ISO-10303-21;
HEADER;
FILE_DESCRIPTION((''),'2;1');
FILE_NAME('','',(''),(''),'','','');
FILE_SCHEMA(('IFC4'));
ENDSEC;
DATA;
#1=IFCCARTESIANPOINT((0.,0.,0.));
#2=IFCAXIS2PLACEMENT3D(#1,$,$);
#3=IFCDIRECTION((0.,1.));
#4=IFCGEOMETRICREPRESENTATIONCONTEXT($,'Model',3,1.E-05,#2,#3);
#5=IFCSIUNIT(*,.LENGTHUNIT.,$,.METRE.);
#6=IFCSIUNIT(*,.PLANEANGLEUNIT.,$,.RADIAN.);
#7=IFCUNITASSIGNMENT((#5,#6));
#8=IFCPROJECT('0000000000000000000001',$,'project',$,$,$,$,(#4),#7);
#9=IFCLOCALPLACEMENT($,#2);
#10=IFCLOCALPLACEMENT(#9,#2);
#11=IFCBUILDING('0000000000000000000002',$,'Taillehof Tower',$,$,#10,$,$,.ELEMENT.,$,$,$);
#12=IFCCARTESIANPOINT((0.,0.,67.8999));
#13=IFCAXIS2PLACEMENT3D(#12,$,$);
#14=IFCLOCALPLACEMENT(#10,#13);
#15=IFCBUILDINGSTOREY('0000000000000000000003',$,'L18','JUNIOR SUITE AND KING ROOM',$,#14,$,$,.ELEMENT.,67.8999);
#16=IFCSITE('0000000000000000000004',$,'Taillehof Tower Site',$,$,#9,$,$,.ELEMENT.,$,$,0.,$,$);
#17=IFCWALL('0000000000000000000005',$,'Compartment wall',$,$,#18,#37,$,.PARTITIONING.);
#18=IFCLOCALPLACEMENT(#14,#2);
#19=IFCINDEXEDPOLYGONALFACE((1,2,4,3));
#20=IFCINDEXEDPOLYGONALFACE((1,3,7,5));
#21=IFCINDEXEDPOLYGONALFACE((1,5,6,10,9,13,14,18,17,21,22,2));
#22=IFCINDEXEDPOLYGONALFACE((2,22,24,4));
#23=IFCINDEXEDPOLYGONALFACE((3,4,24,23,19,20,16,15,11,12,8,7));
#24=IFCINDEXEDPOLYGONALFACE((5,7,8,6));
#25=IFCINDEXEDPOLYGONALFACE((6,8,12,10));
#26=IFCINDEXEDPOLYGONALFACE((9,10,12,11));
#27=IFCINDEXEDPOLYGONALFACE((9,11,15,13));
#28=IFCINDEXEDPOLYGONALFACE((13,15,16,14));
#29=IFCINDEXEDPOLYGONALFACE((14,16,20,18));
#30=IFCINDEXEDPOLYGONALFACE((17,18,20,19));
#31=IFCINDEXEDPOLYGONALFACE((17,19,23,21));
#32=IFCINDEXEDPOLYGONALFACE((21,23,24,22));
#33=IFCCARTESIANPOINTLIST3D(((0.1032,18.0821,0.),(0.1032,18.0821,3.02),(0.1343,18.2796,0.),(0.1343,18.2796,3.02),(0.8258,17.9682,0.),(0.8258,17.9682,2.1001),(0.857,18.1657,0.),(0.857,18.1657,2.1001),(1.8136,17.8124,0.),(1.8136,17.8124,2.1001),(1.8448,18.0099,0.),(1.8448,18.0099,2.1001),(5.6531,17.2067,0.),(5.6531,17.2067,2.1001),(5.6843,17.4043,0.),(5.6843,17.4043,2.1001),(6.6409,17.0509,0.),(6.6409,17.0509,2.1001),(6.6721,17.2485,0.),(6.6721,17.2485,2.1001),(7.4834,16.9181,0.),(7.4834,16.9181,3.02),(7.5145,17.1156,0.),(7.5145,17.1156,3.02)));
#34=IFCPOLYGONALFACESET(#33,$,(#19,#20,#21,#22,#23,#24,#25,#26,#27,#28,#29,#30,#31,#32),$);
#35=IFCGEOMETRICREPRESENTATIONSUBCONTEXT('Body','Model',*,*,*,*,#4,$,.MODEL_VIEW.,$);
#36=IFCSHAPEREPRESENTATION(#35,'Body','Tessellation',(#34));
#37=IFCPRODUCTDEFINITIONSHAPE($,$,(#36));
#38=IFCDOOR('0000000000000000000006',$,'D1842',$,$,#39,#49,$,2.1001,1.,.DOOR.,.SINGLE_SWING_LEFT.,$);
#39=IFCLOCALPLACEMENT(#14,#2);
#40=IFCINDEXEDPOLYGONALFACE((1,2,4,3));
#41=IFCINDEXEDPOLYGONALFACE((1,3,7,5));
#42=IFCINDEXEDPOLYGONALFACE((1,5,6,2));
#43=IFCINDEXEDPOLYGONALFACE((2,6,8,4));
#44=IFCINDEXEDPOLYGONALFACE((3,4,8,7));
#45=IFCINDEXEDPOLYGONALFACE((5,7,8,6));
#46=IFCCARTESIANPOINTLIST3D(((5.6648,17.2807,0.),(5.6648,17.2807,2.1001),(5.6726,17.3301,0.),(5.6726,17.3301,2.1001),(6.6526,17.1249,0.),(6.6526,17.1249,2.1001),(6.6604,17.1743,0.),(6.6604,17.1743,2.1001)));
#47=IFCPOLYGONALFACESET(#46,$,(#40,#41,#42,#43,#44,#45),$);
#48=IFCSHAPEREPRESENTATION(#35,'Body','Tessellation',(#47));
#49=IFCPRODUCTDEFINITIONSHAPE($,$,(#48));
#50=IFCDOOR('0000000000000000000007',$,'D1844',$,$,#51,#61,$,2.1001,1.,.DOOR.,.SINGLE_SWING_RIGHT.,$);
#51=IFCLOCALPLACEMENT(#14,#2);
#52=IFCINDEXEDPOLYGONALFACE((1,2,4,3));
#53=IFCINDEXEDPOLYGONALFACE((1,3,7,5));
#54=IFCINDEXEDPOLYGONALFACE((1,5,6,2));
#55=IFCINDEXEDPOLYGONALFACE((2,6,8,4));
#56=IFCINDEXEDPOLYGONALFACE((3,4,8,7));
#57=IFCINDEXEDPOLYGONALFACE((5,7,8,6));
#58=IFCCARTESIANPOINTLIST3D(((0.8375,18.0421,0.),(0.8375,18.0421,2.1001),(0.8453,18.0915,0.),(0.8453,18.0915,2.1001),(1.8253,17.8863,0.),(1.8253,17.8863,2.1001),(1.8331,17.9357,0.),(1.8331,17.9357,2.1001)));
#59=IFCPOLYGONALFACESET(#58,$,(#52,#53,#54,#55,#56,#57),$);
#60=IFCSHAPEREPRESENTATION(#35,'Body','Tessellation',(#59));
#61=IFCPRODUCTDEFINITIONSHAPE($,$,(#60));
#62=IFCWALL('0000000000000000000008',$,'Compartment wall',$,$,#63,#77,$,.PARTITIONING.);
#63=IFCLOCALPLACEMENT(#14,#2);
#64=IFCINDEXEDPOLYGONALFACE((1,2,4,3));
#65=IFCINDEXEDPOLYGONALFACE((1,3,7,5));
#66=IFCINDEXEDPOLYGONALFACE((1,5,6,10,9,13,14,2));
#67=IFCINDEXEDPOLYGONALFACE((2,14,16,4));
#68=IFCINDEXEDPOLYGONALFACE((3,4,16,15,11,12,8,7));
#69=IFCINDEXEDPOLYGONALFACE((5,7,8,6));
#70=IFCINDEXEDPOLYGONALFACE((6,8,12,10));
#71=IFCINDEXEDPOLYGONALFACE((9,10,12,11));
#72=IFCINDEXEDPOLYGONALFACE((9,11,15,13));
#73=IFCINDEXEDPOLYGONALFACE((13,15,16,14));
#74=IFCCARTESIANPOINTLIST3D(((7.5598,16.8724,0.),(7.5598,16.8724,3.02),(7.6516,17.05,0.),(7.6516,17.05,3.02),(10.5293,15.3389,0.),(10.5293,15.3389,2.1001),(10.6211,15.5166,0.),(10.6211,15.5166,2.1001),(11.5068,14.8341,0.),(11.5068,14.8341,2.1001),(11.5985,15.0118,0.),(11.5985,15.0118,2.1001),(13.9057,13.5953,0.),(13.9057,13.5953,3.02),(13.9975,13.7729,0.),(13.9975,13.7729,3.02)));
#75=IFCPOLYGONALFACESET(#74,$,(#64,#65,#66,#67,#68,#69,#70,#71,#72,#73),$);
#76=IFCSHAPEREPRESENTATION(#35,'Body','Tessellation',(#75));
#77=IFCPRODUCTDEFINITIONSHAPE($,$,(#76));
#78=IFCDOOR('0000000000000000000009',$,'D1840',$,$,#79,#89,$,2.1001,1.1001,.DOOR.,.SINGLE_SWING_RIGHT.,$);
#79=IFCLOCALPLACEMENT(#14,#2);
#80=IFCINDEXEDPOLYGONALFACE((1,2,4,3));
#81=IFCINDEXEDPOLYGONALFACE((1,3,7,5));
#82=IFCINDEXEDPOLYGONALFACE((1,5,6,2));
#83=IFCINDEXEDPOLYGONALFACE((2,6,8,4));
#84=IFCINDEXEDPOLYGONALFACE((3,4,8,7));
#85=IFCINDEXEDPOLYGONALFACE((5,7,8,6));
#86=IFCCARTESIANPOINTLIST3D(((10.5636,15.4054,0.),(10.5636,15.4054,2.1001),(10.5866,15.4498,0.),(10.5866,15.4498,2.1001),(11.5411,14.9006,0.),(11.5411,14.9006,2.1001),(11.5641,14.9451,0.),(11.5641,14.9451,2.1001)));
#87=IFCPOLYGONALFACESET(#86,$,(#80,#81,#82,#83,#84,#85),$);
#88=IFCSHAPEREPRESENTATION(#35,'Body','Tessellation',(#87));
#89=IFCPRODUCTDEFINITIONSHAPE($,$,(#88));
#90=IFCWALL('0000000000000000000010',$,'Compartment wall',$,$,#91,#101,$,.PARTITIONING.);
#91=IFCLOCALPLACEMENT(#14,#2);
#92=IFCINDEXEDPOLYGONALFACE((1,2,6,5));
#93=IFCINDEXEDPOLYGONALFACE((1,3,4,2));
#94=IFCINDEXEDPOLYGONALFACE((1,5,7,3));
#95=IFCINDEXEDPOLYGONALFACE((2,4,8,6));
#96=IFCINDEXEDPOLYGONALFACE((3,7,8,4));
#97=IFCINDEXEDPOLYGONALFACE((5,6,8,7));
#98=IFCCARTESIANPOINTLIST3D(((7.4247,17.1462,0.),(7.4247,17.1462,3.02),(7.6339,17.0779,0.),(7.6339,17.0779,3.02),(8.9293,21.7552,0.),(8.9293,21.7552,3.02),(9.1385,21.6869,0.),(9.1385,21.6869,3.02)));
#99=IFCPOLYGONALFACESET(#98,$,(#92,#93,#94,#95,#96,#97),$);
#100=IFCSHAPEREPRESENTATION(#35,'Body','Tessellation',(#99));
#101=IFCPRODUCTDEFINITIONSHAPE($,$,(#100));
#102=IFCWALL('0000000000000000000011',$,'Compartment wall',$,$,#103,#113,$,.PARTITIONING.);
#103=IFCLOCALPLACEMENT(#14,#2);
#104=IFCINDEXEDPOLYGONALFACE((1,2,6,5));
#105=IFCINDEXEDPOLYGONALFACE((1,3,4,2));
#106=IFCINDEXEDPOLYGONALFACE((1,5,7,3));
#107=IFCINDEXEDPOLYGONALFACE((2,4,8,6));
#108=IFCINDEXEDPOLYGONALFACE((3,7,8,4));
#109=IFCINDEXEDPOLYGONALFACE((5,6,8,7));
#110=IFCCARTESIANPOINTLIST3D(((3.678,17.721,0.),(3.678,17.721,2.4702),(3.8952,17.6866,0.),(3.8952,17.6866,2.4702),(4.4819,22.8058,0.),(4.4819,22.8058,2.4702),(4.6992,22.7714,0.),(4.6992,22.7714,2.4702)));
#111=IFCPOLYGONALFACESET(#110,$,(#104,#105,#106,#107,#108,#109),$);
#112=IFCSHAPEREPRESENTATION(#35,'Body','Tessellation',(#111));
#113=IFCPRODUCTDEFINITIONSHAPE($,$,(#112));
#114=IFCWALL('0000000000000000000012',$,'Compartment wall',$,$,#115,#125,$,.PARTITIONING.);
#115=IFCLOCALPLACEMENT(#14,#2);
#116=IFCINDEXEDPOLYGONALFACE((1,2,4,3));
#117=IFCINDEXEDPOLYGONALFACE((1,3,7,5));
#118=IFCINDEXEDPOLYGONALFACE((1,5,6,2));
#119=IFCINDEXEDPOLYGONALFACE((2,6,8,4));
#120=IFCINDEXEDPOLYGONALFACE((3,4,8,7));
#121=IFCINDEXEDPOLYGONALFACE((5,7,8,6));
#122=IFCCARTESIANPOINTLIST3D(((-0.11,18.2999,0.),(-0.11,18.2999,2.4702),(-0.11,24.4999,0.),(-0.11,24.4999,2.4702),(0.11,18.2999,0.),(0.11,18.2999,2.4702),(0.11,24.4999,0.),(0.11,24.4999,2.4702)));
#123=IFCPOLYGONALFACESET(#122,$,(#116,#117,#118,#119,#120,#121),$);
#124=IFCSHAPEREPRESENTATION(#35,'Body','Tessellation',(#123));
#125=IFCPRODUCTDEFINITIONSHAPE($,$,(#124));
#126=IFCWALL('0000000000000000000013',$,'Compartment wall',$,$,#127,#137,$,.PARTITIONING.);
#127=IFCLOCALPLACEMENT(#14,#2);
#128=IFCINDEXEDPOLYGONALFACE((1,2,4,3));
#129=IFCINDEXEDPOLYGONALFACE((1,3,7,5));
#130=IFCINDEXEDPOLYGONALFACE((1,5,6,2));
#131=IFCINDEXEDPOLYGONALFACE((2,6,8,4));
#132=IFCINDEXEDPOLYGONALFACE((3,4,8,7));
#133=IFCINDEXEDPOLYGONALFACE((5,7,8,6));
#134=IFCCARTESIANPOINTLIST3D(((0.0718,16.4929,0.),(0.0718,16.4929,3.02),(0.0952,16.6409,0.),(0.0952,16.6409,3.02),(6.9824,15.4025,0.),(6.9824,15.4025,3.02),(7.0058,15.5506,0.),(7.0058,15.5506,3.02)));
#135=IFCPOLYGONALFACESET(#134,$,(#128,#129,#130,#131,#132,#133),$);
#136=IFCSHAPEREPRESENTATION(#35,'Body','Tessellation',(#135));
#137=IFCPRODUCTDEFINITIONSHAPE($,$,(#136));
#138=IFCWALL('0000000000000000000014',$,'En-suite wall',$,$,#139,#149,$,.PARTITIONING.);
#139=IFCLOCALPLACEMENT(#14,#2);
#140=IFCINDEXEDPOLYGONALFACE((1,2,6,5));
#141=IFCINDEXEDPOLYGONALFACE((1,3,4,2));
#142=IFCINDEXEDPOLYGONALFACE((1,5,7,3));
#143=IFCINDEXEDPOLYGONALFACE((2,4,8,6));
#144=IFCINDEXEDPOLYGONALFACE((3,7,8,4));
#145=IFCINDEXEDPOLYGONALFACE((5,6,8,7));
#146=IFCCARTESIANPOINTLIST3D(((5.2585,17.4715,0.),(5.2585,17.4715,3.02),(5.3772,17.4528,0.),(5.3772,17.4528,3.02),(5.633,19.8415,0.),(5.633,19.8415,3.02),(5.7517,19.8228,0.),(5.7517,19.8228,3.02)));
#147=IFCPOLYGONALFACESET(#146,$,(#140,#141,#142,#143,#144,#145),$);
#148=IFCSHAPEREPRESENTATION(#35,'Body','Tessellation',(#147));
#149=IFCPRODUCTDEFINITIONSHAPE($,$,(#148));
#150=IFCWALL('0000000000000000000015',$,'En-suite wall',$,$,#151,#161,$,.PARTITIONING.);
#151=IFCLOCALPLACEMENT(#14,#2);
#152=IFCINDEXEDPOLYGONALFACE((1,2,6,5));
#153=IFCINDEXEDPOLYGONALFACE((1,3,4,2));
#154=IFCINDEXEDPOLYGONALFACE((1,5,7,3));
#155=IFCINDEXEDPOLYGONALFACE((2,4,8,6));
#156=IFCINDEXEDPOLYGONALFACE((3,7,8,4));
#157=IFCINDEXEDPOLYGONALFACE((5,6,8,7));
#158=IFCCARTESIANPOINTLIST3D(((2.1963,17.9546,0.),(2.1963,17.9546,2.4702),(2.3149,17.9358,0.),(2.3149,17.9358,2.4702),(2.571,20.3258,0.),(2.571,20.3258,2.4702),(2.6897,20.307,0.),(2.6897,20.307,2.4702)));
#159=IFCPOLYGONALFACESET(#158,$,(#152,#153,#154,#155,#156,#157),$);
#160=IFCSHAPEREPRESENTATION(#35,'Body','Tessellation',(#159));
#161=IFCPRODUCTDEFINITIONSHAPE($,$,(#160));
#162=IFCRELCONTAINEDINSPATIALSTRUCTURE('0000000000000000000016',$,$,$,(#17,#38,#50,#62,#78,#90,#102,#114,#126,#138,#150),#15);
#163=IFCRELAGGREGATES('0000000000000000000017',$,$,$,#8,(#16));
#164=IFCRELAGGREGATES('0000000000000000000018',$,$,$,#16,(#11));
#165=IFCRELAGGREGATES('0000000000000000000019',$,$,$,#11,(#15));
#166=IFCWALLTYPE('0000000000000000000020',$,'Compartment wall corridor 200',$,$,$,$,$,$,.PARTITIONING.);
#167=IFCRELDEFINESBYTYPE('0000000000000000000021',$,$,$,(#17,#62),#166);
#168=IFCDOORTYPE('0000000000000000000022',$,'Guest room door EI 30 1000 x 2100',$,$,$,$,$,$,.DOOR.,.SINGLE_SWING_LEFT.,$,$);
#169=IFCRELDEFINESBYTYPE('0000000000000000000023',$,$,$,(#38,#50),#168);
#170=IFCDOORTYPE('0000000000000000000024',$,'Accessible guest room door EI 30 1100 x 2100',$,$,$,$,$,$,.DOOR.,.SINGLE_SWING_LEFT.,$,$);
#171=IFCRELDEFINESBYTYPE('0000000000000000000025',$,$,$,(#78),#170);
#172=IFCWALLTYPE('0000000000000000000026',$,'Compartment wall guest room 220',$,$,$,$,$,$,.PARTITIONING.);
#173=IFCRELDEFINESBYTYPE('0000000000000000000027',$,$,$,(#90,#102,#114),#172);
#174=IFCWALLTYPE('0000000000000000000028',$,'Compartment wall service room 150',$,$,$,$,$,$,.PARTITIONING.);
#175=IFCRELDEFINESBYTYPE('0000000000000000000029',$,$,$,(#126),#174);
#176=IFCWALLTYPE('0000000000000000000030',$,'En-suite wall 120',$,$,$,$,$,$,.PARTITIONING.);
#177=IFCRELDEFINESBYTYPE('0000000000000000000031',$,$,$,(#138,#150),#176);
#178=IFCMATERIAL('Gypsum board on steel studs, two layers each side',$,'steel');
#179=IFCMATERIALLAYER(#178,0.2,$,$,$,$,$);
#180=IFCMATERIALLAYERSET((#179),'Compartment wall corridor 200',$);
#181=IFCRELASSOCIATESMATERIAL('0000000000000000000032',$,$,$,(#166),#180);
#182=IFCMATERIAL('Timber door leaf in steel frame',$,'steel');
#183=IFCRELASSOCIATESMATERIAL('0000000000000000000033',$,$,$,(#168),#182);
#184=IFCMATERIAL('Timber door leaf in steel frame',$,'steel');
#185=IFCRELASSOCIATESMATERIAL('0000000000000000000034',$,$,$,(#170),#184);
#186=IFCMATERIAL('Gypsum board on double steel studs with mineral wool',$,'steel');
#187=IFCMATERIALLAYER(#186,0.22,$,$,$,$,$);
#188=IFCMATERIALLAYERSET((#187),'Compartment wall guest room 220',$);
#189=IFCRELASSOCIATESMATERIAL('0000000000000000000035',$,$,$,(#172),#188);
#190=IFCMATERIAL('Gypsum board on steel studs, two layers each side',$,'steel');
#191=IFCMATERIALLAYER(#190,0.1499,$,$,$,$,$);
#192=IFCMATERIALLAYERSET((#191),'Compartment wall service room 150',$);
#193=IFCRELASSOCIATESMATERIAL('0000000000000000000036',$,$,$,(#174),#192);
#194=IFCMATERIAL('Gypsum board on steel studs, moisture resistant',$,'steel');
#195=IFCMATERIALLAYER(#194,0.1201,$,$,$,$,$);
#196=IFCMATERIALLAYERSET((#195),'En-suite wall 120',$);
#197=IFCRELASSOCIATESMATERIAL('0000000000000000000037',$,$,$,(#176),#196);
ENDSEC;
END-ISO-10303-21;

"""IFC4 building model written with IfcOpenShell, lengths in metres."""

from ifc_helpers import new_model, si_unit, direction, frame, frame_2d, origin, place, context, subcontext, project, spatial, rectangle, extrude, material, layer, layer_set, type_object, element, fill, save


model = new_model("IFC4")

# Units and contexts
model_context = context("Model", 3, precision=1e-05, world=origin(), true_north=direction((0.0, 1.0)))
body_context = subcontext(model_context, "Body", "Model", "MODEL_VIEW")
ifc_project = project(units=[si_unit("LENGTHUNIT", "METRE"), si_unit("PLANEANGLEUNIT", "RADIAN")], contexts=[model_context])

# Site, building, storey
site_placement = place(None, origin())
site = spatial("IfcSite", under=ifc_project, at=site_placement, Name="Taillehof Tower Site", CompositionType="ELEMENT", RefElevation=0.0)
building_placement = place(site_placement, origin())
building = spatial("IfcBuilding", under=site, at=building_placement, Name="Taillehof Tower", CompositionType="ELEMENT")
storey_placement = place(building_placement, frame((0.0, 0.0, 67.8999)))
storey = spatial("IfcBuildingStorey", under=building, at=storey_placement, Name="L18", Description="JUNIOR SUITE AND KING ROOM", CompositionType="ELEMENT", Elevation=67.8999)

# Wall, openings, doors
ifc_material_1 = material(Name="Gypsum board on steel studs, two layers each side", Category="steel")
ifc_layer_1 = layer(ifc_material_1, 0.2)
ifc_layer_set_1 = layer_set([ifc_layer_1], Name="Compartment wall corridor 200")
wall_type_1 = type_object("IfcWallType", Name="Compartment wall corridor 200", PredefinedType="PARTITIONING", material=ifc_layer_set_1)
wall_1_placement = place(storey_placement, frame((0.1187, 18.1809, 0.0), z_axis=(0.0, 0.0, 1.0), x_axis=(0.987788, -0.155803, 0.0)))
wall_1 = element("IfcWall", 1, at=wall_1_placement, inside=storey, type_object=wall_type_1, Name="Compartment wall", PredefinedType="PARTITIONING", context=body_context, shape_type="SweptSolid", body=[
    extrude(rectangle(XDim=7.4714, YDim=0.2, at=frame_2d((3.7358, 0.0))), origin(), (0.0, 0.0, 1.0), 3.02),
])
opening_1_placement = place(wall_1_placement, frame((5.6187, 0.0, 0.0)))
opening_1 = element("IfcOpeningElement", 2, at=opening_1_placement, cuts=wall_1, PredefinedType="OPENING", context=body_context, shape_type="SweptSolid", body=[
    extrude(rectangle(XDim=1.0, YDim=2.1001, at=frame_2d((0.5, 1.05))), frame((0.0, 0.1099, 0.0), z_axis=(0.0, -1.0, 0.0), x_axis=(1.0, 0.0, 0.0)), (0.0, 0.0, 1.0), 0.22),
])
opening_2_placement = place(wall_1_placement, frame((0.7317, 0.0, 0.0)))
opening_2 = element("IfcOpeningElement", 3, at=opening_2_placement, cuts=wall_1, PredefinedType="OPENING", context=body_context, shape_type="SweptSolid", body=[
    extrude(rectangle(XDim=1.0, YDim=2.1001, at=frame_2d((0.5, 1.05))), frame((0.0, 0.1099, 0.0), z_axis=(0.0, -1.0, 0.0), x_axis=(1.0, 0.0, 0.0)), (0.0, 0.0, 1.0), 0.22),
])
ifc_material_2 = material(Name="Timber door leaf in steel frame", Category="steel")
door_type_1 = type_object("IfcDoorType", Name="Guest room door EI 30 1000 x 2100", OperationType="SINGLE_SWING_LEFT", PredefinedType="DOOR", material=ifc_material_2)
door_1_placement = place(opening_1_placement, origin())
door_1 = element("IfcDoor", 4, at=door_1_placement, inside=storey, type_object=door_type_1, Name="D1842", OperationType="SINGLE_SWING_LEFT", OverallHeight=2.1001, OverallWidth=1.0, PredefinedType="DOOR", context=body_context, shape_type="SweptSolid", body=[
    extrude(rectangle(XDim=1.0, YDim=2.1001, at=frame_2d((0.5, 1.05))), frame((0.0, 0.0249, 0.0), z_axis=(0.0, -1.0, 0.0), x_axis=(1.0, 0.0, 0.0)), (0.0, 0.0, 1.0), 0.05),
])
fill(opening_1, door_1)
door_2_placement = place(opening_2_placement, origin())
door_2 = element("IfcDoor", 5, at=door_2_placement, inside=storey, type_object=door_type_1, Name="D1844", OperationType="SINGLE_SWING_RIGHT", OverallHeight=2.1001, OverallWidth=1.0, PredefinedType="DOOR", context=body_context, shape_type="SweptSolid", body=[
    extrude(rectangle(XDim=1.0, YDim=2.1001, at=frame_2d((0.5, 1.05))), frame((0.0, 0.0249, 0.0), z_axis=(0.0, -1.0, 0.0), x_axis=(1.0, 0.0, 0.0)), (0.0, 0.0, 1.0), 0.05),
])
fill(opening_2, door_2)

# Wall, opening, door
wall_2_placement = place(storey_placement, frame((7.6057, 16.9612, 0.0), z_axis=(0.0, 0.0, 1.0), x_axis=(0.88852, -0.458839, 0.0)))
wall_2 = element("IfcWall", 6, at=wall_2_placement, inside=storey, type_object=wall_type_1, Name="Compartment wall", PredefinedType="PARTITIONING", context=body_context, shape_type="SweptSolid", body=[
    extrude(rectangle(XDim=7.1421, YDim=0.2, at=frame_2d((3.571, 0.0))), origin(), (0.0, 0.0, 1.0), 3.02),
])
opening_3_placement = place(wall_2_placement, frame((3.342, 0.0, 0.0)))
opening_3 = element("IfcOpeningElement", 7, at=opening_3_placement, cuts=wall_2, PredefinedType="OPENING", context=body_context, shape_type="SweptSolid", body=[
    extrude(rectangle(XDim=1.1001, YDim=2.1001, at=frame_2d((0.55, 1.05))), frame((0.0, 0.1099, 0.0), z_axis=(0.0, -1.0, 0.0), x_axis=(1.0, 0.0, 0.0)), (0.0, 0.0, 1.0), 0.22),
])
ifc_material_3 = material(Name="Timber door leaf in steel frame", Category="steel")
door_type_2 = type_object("IfcDoorType", Name="Accessible guest room door EI 30 1100 x 2100", OperationType="SINGLE_SWING_LEFT", PredefinedType="DOOR", material=ifc_material_3)
door_3_placement = place(opening_3_placement, origin())
door_3 = element("IfcDoor", 8, at=door_3_placement, inside=storey, type_object=door_type_2, Name="D1840", OperationType="SINGLE_SWING_RIGHT", OverallHeight=2.1001, OverallWidth=1.1001, PredefinedType="DOOR", context=body_context, shape_type="SweptSolid", body=[
    extrude(rectangle(XDim=1.1001, YDim=2.1001, at=frame_2d((0.55, 1.05))), frame((0.0, 0.0249, 0.0), z_axis=(0.0, -1.0, 0.0), x_axis=(1.0, 0.0, 0.0)), (0.0, 0.0, 1.0), 0.05),
])
fill(opening_3, door_3)

# Walls
ifc_material_4 = material(Name="Gypsum board on double steel studs with mineral wool", Category="steel")
ifc_layer_2 = layer(ifc_material_4, 0.22)
ifc_layer_set_2 = layer_set([ifc_layer_2], Name="Compartment wall guest room 220")
wall_type_2 = type_object("IfcWallType", Name="Compartment wall guest room 220", PredefinedType="PARTITIONING", material=ifc_layer_set_2)
wall_3_placement = place(storey_placement, frame((9.0339, 21.7212, 0.0), z_axis=(0.0, 0.0, 1.0), x_axis=(-0.31033, -0.950629, 0.0)))
element("IfcWall", 9, at=wall_3_placement, inside=storey, type_object=wall_type_2, Name="Compartment wall", PredefinedType="PARTITIONING", context=body_context, shape_type="SweptSolid", body=[
    extrude(rectangle(XDim=4.8484, YDim=0.22, at=frame_2d((2.4243, 0.0))), origin(), (0.0, 0.0, 1.0), 3.02),
])
wall_4_placement = place(storey_placement, frame((4.5906, 22.7886, 0.0), z_axis=(0.0, 0.0, 1.0), x_axis=(-0.156172, -0.98773, 0.0)))
element("IfcWall", 10, at=wall_4_placement, inside=storey, type_object=wall_type_2, Name="Compartment wall", PredefinedType="PARTITIONING", context=body_context, shape_type="SweptSolid", body=[
    extrude(rectangle(XDim=5.1479, YDim=0.22, at=frame_2d((2.574, 0.0))), origin(), (0.0, 0.0, 1.0), 2.4702),
])
wall_5_placement = place(storey_placement, frame((0.0, 24.5, 0.0), z_axis=(0.0, 0.0, 1.0), x_axis=(0.0, -1.0, 0.0)))
element("IfcWall", 11, at=wall_5_placement, inside=storey, type_object=wall_type_2, Name="Compartment wall", PredefinedType="PARTITIONING", context=body_context, shape_type="SweptSolid", body=[
    extrude(rectangle(XDim=6.2, YDim=0.22, at=frame_2d((3.1001, 0.0))), origin(), (0.0, 0.0, 1.0), 2.4702),
])
ifc_material_5 = material(Name="Gypsum board on steel studs, two layers each side", Category="steel")
ifc_layer_3 = layer(ifc_material_5, 0.1499)
ifc_layer_set_3 = layer_set([ifc_layer_3], Name="Compartment wall service room 150")
wall_type_3 = type_object("IfcWallType", Name="Compartment wall service room 150", PredefinedType="PARTITIONING", material=ifc_layer_set_3)
wall_6_placement = place(storey_placement, frame((0.0835, 16.5669, 0.0), z_axis=(0.0, 0.0, 1.0), x_axis=(0.987781, -0.155848, 0.0)))
element("IfcWall", 12, at=wall_6_placement, inside=storey, type_object=wall_type_3, Name="Compartment wall", PredefinedType="PARTITIONING", context=body_context, shape_type="SweptSolid", body=[
    extrude(rectangle(XDim=6.9961, YDim=0.1499, at=frame_2d((3.498, 0.0))), origin(), (0.0, 0.0, 1.0), 3.02),
])
ifc_material_6 = material(Name="Gypsum board on steel studs, moisture resistant", Category="steel")
ifc_layer_4 = layer(ifc_material_6, 0.1201)
ifc_layer_set_4 = layer_set([ifc_layer_4], Name="En-suite wall 120")
wall_type_4 = type_object("IfcWallType", Name="En-suite wall 120", PredefinedType="PARTITIONING", material=ifc_layer_set_4)
wall_7_placement = place(storey_placement, frame((5.3179, 17.4622, 0.0), z_axis=(0.0, 0.0, 1.0), x_axis=(0.156078, 0.987745, 0.0)))
element("IfcWall", 13, at=wall_7_placement, inside=storey, type_object=wall_type_4, Name="En-suite wall", PredefinedType="PARTITIONING", context=body_context, shape_type="SweptSolid", body=[
    extrude(rectangle(XDim=2.3994, YDim=0.1201, at=frame_2d((1.1997, 0.0))), origin(), (0.0, 0.0, 1.0), 3.02),
])
wall_8_placement = place(storey_placement, frame((2.2556, 17.9453, 0.0), z_axis=(0.0, 0.0, 1.0), x_axis=(0.156114, 0.987739, 0.0)))
element("IfcWall", 14, at=wall_8_placement, inside=storey, type_object=wall_type_4, Name="En-suite wall", PredefinedType="PARTITIONING", context=body_context, shape_type="SweptSolid", body=[
    extrude(rectangle(XDim=2.4006, YDim=0.1201, at=frame_2d((1.2002, 0.0))), origin(), (0.0, 0.0, 1.0), 2.4702),
])

save(model, "model.ifc")
